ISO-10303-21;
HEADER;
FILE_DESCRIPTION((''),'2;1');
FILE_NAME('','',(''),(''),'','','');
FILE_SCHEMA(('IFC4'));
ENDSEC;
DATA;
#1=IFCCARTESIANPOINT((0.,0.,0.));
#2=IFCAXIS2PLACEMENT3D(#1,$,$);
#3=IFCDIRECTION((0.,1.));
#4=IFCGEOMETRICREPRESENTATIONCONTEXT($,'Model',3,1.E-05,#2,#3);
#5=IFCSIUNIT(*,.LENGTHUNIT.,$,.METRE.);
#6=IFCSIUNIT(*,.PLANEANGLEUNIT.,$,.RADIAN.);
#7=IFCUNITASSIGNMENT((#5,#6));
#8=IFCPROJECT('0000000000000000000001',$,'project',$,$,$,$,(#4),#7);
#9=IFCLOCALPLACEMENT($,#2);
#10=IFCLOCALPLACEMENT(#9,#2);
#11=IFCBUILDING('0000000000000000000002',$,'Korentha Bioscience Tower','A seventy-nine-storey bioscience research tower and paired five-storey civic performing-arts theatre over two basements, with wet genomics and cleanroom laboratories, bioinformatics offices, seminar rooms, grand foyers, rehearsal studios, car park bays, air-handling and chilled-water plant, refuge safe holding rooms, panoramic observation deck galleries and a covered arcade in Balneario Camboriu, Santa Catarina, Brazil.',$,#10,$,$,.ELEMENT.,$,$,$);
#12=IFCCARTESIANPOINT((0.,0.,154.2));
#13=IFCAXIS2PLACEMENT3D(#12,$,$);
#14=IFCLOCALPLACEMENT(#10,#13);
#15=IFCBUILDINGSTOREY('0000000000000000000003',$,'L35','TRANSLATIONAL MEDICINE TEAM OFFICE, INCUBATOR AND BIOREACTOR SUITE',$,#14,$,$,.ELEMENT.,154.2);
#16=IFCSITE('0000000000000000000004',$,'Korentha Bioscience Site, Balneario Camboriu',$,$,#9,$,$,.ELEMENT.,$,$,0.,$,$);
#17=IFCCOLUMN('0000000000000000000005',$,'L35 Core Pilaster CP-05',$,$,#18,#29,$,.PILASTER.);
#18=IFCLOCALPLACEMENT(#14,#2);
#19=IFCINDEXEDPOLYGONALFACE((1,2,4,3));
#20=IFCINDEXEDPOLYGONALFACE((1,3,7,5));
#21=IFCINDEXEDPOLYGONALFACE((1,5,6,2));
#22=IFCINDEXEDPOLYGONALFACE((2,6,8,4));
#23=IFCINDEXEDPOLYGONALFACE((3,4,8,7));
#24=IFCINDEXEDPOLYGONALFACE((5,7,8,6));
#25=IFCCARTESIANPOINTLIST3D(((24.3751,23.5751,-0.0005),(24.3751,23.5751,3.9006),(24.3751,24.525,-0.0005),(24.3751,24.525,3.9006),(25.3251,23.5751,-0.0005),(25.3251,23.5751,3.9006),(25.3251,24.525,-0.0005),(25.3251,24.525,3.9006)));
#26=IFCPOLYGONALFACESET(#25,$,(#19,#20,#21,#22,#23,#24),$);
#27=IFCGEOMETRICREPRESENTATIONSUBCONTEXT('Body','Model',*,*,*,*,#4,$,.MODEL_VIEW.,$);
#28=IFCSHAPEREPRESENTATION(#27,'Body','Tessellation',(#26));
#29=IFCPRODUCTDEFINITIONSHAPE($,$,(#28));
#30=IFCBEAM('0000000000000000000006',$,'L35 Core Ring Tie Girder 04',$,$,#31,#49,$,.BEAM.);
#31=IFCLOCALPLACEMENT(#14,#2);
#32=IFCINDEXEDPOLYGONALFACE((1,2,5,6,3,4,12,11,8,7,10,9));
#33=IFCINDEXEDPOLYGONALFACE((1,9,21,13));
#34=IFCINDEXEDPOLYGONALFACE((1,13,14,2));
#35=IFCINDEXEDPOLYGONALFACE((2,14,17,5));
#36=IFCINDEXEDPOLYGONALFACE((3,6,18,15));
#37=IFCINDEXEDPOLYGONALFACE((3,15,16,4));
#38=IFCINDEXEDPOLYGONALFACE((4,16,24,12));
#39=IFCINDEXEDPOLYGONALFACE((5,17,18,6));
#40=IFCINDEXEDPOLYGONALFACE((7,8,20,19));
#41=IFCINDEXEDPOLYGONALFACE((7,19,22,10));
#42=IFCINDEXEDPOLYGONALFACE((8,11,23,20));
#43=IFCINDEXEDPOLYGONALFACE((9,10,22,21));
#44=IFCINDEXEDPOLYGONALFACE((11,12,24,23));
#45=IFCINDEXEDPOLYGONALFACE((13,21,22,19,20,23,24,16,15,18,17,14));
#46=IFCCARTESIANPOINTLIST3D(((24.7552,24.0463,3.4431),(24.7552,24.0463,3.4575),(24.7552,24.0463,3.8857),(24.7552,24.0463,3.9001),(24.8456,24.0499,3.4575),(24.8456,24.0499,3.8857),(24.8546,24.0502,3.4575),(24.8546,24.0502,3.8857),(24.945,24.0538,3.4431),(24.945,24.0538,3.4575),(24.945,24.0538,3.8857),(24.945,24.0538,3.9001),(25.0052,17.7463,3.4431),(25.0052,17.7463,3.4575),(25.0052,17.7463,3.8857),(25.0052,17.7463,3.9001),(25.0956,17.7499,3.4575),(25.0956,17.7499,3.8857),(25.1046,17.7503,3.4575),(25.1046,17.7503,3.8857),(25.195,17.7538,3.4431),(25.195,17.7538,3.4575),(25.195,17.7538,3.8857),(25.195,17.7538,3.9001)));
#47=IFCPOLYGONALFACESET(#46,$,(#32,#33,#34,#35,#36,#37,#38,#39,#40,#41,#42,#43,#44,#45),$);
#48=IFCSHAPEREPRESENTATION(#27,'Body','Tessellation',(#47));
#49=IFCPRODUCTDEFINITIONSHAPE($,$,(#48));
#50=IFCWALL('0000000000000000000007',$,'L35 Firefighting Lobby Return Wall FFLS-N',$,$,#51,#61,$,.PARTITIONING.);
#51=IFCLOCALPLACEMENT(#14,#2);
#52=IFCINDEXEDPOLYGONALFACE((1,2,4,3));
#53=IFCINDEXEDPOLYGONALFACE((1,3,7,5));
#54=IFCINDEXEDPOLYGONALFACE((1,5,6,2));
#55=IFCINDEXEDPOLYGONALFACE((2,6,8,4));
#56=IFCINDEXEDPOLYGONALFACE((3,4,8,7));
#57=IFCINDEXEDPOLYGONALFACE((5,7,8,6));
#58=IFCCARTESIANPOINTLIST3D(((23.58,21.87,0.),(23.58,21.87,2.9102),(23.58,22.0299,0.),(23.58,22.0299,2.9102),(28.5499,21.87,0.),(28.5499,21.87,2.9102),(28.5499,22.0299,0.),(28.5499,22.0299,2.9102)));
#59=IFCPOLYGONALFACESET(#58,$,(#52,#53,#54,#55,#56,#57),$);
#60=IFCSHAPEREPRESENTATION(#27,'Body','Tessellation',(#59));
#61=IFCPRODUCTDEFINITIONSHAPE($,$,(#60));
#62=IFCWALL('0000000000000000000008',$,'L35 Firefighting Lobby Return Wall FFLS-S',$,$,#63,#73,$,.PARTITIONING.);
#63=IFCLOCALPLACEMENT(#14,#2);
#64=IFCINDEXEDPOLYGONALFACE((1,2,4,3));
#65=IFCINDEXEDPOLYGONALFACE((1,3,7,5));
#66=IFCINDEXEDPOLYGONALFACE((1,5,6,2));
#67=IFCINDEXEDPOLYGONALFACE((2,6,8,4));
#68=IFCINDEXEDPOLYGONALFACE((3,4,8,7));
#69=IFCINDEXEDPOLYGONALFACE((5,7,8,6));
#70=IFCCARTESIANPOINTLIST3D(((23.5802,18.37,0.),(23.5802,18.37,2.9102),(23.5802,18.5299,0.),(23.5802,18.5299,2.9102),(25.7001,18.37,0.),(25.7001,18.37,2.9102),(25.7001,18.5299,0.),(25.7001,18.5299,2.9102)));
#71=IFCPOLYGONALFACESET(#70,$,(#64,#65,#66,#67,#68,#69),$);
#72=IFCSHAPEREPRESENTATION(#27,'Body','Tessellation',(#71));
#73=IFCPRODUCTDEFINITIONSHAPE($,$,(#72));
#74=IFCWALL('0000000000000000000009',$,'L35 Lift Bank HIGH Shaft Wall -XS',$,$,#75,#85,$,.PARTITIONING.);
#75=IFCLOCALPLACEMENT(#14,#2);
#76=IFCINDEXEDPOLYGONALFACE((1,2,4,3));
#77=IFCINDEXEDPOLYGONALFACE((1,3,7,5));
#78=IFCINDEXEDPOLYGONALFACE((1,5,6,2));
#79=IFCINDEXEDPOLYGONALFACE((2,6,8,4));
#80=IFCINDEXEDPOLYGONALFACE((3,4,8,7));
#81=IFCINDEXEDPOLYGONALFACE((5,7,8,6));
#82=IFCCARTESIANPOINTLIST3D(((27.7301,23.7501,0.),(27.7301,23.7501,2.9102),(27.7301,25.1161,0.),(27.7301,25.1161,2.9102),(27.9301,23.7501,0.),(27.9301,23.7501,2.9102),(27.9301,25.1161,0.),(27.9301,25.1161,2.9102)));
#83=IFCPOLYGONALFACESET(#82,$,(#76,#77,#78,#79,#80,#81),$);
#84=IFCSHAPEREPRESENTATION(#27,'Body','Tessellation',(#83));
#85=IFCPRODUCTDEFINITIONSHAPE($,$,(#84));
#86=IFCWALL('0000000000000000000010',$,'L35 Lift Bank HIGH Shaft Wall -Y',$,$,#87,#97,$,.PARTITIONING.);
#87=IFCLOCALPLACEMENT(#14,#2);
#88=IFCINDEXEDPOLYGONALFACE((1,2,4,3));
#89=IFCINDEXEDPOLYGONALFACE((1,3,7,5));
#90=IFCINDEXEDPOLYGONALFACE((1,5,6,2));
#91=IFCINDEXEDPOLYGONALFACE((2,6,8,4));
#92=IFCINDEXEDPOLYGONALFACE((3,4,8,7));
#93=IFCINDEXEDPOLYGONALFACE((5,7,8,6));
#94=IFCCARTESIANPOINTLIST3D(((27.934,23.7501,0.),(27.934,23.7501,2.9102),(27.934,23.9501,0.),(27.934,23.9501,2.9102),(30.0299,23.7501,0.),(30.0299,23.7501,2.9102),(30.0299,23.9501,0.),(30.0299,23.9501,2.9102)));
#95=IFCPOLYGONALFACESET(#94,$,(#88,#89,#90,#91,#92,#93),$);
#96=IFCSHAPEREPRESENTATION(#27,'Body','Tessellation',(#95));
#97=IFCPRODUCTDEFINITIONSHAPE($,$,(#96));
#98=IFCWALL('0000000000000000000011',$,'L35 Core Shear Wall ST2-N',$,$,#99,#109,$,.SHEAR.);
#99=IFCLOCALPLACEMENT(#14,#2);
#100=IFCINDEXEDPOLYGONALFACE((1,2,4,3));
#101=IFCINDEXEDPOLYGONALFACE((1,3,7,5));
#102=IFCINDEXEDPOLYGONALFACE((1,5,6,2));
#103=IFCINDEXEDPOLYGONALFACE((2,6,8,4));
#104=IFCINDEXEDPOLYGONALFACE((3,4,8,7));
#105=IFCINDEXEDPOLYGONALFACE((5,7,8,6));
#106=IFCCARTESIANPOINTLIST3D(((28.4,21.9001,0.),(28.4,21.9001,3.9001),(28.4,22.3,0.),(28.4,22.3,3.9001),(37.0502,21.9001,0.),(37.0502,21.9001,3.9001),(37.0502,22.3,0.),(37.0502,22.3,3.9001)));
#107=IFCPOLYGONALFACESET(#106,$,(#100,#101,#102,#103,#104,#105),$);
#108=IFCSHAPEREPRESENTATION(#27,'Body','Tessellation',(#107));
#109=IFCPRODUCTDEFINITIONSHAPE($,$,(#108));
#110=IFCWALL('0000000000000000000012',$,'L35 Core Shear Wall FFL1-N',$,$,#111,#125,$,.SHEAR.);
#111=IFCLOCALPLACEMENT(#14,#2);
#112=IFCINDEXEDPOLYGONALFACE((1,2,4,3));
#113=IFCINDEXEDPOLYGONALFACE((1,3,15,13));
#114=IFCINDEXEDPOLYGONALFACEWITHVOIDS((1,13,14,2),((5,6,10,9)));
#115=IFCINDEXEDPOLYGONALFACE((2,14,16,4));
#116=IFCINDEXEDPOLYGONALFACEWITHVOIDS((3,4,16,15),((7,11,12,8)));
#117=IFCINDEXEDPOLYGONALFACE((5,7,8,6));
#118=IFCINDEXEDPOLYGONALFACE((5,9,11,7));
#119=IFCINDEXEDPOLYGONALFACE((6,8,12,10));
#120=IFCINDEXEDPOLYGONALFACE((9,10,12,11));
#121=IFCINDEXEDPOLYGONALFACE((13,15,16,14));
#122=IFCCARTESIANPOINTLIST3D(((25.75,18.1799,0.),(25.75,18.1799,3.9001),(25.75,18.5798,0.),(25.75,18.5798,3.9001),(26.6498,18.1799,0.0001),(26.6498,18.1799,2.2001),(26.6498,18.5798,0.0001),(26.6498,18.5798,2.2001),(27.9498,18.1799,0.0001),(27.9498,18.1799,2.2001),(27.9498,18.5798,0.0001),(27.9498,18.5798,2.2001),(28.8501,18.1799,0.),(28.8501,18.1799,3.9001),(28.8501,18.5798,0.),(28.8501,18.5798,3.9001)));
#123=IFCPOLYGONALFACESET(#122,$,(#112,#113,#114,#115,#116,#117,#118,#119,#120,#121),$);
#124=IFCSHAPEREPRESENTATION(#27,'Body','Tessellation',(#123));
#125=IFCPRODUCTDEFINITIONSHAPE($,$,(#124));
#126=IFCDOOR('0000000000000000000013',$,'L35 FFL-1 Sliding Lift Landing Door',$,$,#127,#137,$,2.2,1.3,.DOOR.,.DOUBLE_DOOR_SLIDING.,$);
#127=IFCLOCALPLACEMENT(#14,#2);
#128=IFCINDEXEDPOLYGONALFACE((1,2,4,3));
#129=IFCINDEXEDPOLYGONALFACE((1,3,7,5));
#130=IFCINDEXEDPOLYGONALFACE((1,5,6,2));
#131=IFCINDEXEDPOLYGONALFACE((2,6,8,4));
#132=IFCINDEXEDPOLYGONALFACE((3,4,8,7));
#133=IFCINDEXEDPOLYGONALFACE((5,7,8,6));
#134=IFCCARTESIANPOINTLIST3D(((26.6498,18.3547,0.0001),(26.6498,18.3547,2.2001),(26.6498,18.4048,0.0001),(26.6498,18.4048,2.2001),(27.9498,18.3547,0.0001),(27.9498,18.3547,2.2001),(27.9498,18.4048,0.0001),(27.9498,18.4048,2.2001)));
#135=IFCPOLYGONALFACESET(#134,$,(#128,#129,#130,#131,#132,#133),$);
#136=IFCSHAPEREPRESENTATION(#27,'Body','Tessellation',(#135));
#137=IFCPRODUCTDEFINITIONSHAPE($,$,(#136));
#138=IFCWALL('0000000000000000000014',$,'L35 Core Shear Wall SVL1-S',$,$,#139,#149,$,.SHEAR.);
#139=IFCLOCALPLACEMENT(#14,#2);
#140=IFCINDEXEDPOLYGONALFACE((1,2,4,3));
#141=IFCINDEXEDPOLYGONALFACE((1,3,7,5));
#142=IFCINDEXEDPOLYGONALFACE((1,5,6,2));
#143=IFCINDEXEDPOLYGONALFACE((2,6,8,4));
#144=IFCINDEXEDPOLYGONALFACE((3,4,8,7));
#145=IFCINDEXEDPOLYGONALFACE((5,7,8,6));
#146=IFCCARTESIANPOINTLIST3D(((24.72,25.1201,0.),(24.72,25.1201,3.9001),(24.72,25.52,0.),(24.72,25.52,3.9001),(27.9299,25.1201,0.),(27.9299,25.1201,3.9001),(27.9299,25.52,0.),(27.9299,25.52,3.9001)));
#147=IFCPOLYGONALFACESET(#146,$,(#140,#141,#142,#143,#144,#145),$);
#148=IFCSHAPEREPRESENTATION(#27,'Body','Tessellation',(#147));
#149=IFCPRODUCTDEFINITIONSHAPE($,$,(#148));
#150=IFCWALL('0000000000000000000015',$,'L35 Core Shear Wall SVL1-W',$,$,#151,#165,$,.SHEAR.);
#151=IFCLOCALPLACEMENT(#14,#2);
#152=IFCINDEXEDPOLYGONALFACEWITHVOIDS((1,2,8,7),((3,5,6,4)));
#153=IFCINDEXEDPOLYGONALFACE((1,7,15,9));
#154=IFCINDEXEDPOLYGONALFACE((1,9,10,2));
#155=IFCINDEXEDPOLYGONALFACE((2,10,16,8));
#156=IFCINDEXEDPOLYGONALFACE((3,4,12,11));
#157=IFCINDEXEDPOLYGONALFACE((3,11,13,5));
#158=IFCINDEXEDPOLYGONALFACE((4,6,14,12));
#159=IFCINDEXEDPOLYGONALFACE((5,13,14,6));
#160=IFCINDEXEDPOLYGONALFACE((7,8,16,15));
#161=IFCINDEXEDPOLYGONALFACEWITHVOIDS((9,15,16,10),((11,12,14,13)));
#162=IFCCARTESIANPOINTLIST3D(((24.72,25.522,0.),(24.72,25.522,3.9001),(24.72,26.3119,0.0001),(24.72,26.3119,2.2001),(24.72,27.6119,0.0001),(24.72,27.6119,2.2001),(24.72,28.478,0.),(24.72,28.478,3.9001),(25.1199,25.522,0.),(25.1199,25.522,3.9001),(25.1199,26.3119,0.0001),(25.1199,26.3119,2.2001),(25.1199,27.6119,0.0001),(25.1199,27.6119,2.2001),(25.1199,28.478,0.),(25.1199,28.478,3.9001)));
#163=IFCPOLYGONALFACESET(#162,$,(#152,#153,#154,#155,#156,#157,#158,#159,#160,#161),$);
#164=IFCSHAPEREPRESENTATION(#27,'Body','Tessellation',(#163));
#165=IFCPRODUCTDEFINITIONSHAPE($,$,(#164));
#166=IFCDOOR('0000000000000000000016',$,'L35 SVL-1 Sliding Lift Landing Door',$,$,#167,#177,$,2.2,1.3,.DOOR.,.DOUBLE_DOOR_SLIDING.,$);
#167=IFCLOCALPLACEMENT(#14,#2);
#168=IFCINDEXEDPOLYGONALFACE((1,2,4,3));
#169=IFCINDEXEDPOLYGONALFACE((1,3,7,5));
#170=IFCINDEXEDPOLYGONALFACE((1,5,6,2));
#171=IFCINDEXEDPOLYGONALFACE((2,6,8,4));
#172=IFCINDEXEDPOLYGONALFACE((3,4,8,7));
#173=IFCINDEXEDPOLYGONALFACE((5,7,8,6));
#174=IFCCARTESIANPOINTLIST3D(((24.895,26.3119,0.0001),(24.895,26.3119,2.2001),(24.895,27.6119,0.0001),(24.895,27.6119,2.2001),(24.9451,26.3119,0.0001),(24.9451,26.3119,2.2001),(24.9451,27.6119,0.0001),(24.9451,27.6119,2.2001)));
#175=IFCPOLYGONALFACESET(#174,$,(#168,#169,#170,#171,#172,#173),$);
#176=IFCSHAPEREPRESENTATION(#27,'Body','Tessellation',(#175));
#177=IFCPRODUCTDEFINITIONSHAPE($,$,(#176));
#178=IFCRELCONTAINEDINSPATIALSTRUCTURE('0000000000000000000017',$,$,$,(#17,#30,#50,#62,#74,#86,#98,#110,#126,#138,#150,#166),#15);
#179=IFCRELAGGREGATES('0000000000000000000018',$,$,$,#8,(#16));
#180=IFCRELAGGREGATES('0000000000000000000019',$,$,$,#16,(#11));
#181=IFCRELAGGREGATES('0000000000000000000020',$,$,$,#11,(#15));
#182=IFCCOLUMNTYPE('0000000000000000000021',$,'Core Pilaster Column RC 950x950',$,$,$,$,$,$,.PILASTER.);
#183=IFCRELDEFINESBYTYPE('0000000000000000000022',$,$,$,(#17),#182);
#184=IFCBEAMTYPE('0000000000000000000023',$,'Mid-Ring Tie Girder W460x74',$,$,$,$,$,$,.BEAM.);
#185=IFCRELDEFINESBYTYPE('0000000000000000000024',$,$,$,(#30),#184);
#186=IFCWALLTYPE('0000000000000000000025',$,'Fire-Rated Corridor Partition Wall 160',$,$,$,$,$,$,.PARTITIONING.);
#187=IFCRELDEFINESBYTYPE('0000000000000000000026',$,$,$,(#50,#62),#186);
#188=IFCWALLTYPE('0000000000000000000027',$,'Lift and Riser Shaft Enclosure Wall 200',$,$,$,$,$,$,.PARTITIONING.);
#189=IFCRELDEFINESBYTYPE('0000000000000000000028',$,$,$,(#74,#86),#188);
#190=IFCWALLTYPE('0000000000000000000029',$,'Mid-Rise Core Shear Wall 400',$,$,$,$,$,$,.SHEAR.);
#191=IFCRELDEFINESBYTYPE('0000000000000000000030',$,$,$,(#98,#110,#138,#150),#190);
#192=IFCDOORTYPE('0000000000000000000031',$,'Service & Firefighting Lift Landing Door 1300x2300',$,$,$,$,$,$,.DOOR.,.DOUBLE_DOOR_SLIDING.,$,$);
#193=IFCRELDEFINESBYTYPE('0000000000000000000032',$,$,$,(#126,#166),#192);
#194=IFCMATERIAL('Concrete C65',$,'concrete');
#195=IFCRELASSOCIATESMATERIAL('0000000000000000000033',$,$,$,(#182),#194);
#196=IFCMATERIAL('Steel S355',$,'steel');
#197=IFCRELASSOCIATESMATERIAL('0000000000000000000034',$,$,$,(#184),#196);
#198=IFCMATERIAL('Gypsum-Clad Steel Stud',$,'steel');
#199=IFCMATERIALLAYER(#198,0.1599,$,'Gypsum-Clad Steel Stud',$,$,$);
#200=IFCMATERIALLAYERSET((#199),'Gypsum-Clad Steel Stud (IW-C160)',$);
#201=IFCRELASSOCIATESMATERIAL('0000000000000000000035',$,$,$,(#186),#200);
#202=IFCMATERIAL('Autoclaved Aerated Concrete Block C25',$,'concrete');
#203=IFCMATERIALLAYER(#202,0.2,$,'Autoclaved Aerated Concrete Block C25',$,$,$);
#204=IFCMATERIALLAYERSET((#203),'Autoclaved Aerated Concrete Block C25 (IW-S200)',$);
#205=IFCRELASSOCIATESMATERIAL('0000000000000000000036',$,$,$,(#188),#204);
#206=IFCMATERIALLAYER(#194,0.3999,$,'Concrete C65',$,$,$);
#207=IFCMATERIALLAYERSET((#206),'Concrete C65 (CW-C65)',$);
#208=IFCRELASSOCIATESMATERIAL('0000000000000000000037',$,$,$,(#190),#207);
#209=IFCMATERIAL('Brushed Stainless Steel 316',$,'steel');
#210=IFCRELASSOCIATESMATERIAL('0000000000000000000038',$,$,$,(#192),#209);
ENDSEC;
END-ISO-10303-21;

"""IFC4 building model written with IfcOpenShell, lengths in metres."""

from ifc_helpers import new_model, si_unit, direction, frame, frame_2d, origin, origin_2d, place, context, subcontext, project, spatial, rectangle, i_section, extrude, material, layer, layer_set, material_profile, profile_set, type_object, element, fill, save


model = new_model("IFC4")

# Units and contexts
model_context = context("Model", 3, precision=1e-05, world=origin(), true_north=direction((0.0, 1.0)))
body_context = subcontext(model_context, "Body", "Model", "MODEL_VIEW")
ifc_project = project(units=[si_unit("LENGTHUNIT", "METRE"), si_unit("PLANEANGLEUNIT", "RADIAN")], contexts=[model_context])

# Site, building, storey
site_placement = place(None, origin())
site = spatial("IfcSite", under=ifc_project, at=site_placement, Name="Korentha Bioscience Site, Balneario Camboriu", CompositionType="ELEMENT", RefElevation=0.0)
building_placement = place(site_placement, origin())
building = spatial("IfcBuilding", under=site, at=building_placement, Name="Korentha Bioscience Tower", Description="A seventy-nine-storey bioscience research tower and paired five-storey civic performing-arts theatre over two basements, with wet genomics and cleanroom laboratories, bioinformatics offices, seminar rooms, grand foyers, rehearsal studios, car park bays, air-handling and chilled-water plant, refuge safe holding rooms, panoramic observation deck galleries and a covered arcade in Balneario Camboriu, Santa Catarina, Brazil.", CompositionType="ELEMENT")
storey_placement = place(building_placement, frame((0.0, 0.0, 154.2)))
storey = spatial("IfcBuildingStorey", under=building, at=storey_placement, Name="L35", Description="TRANSLATIONAL MEDICINE TEAM OFFICE, INCUBATOR AND BIOREACTOR SUITE", CompositionType="ELEMENT", Elevation=154.2)

# Column
ifc_material_1 = material(Name="Concrete C65", Category="concrete")
ifc_material_profile_1 = material_profile(ifc_material_1, rectangle(XDim=0.95, YDim=0.95, at=origin_2d()), Name="Concrete C65")
ifc_profile_set_1 = profile_set([ifc_material_profile_1], Name="Concrete C65 (COL-CP09)")
column_type = type_object("IfcColumnType", Name="Core Pilaster Column RC 950x950", PredefinedType="PILASTER", material=ifc_profile_set_1)
column_placement = place(storey_placement, frame((24.8501, 24.05, -0.0005), z_axis=(0.0, 0.0, 1.0), x_axis=(1.0, 0.0, 0.0)))
element("IfcColumn", 1, at=column_placement, inside=storey, type_object=column_type, Name="L35 Core Pilaster CP-05", PredefinedType="PILASTER", context=body_context, shape_type="SweptSolid", body=[
    extrude(rectangle(XDim=0.95, YDim=0.95, at=origin_2d()), origin(), (0.0, 0.0, 1.0), 3.9011),
])

# Beam
ifc_material_2 = material(Name="Steel S355", Category="steel")
ifc_material_profile_2 = material_profile(ifc_material_2, i_section(OverallWidth=0.1899, OverallDepth=0.457, WebThickness=0.009, FlangeThickness=0.0144, at=origin_2d()), Name="Steel S355")
ifc_profile_set_2 = profile_set([ifc_material_profile_2], Name="Steel S355 (MB-460)")
beam_type = type_object("IfcBeamType", Name="Mid-Ring Tie Girder W460x74", PredefinedType="BEAM", material=ifc_profile_set_2)
beam_placement = place(storey_placement, frame((24.8501, 24.05, 3.6716), z_axis=(0.039651, -0.999214, 0.0), x_axis=(0.999214, 0.039651, 0.0)))
element("IfcBeam", 2, at=beam_placement, inside=storey, type_object=beam_type, Name="L35 Core Ring Tie Girder 04", PredefinedType="BEAM", context=body_context, shape_type="SweptSolid", body=[
    extrude(i_section(OverallWidth=0.1899, OverallDepth=0.457, WebThickness=0.009, FlangeThickness=0.0144, at=origin_2d()), origin(), (0.0, 0.0, 1.0), 6.3049),
])

# Shared definitions
ifc_material_3 = material(Name="Gypsum-Clad Steel Stud", Category="steel")
ifc_layer_1 = layer(ifc_material_3, 0.1599, Name="Gypsum-Clad Steel Stud")
ifc_layer_set_1 = layer_set([ifc_layer_1], Name="Gypsum-Clad Steel Stud (IW-C160)")
wall_type_1 = type_object("IfcWallType", Name="Fire-Rated Corridor Partition Wall 160", PredefinedType="PARTITIONING", material=ifc_layer_set_1)

# Walls
wall_1_placement = place(storey_placement, frame((23.5801, 21.95, 0.0), z_axis=(0.0, 0.0, 1.0), x_axis=(1.0, 0.0, 0.0)))
element("IfcWall", 3, at=wall_1_placement, inside=storey, type_object=wall_type_1, Name="L35 Firefighting Lobby Return Wall FFLS-N", PredefinedType="PARTITIONING", context=body_context, shape_type="SweptSolid", body=[
    extrude(rectangle(XDim=4.97, YDim=0.1599, at=frame_2d((2.4849, 0.0))), origin(), (0.0, 0.0, 1.0), 2.9102),
])
wall_2_placement = place(storey_placement, frame((23.5801, 18.45, 0.0), z_axis=(0.0, 0.0, 1.0), x_axis=(1.0, 0.0, 0.0)))
element("IfcWall", 4, at=wall_2_placement, inside=storey, type_object=wall_type_1, Name="L35 Firefighting Lobby Return Wall FFLS-S", PredefinedType="PARTITIONING", context=body_context, shape_type="SweptSolid", body=[
    extrude(rectangle(XDim=2.1199, YDim=0.1599, at=frame_2d((1.0601, 0.0))), origin(), (0.0, 0.0, 1.0), 2.9102),
])
ifc_material_4 = material(Name="Autoclaved Aerated Concrete Block C25", Category="concrete")
ifc_layer_2 = layer(ifc_material_4, 0.2, Name="Autoclaved Aerated Concrete Block C25")
ifc_layer_set_2 = layer_set([ifc_layer_2], Name="Autoclaved Aerated Concrete Block C25 (IW-S200)")
wall_type_2 = type_object("IfcWallType", Name="Lift and Riser Shaft Enclosure Wall 200", PredefinedType="PARTITIONING", material=ifc_layer_set_2)
wall_3_placement = place(storey_placement, frame((27.8301, 23.75, 0.0), z_axis=(0.0, 0.0, 1.0), x_axis=(0.0, 1.0, 0.0)))
element("IfcWall", 5, at=wall_3_placement, inside=storey, type_object=wall_type_2, Name="L35 Lift Bank HIGH Shaft Wall -XS", PredefinedType="PARTITIONING", context=body_context, shape_type="SweptSolid", body=[
    extrude(rectangle(XDim=1.366, YDim=0.2, at=frame_2d((0.6831, 0.0))), origin(), (0.0, 0.0, 1.0), 2.9102),
])
wall_4_placement = place(storey_placement, frame((27.9341, 23.8501, 0.0), z_axis=(0.0, 0.0, 1.0), x_axis=(1.0, 0.0, 0.0)))
element("IfcWall", 6, at=wall_4_placement, inside=storey, type_object=wall_type_2, Name="L35 Lift Bank HIGH Shaft Wall -Y", PredefinedType="PARTITIONING", context=body_context, shape_type="SweptSolid", body=[
    extrude(rectangle(XDim=2.0959, YDim=0.2, at=frame_2d((1.0479, 0.0))), origin(), (0.0, 0.0, 1.0), 2.9102),
])
ifc_layer_3 = layer(ifc_material_1, 0.3999, Name="Concrete C65")
ifc_layer_set_3 = layer_set([ifc_layer_3], Name="Concrete C65 (CW-C65)")
wall_type_3 = type_object("IfcWallType", Name="Mid-Rise Core Shear Wall 400", PredefinedType="SHEAR", material=ifc_layer_set_3)
wall_5_placement = place(storey_placement, frame((28.3999, 22.1001, 0.0), z_axis=(0.0, 0.0, 1.0), x_axis=(1.0, 0.0, 0.0)))
element("IfcWall", 7, at=wall_5_placement, inside=storey, type_object=wall_type_3, Name="L35 Core Shear Wall ST2-N", PredefinedType="SHEAR", context=body_context, shape_type="SweptSolid", body=[
    extrude(rectangle(XDim=8.6501, YDim=0.3999, at=frame_2d((4.3252, 0.0))), origin(), (0.0, 0.0, 1.0), 3.9001),
])

# Wall, opening, door
wall_6_placement = place(storey_placement, frame((25.75, 18.3799, 0.0), z_axis=(0.0, 0.0, 1.0), x_axis=(1.0, 0.0, 0.0)))
wall_6 = element("IfcWall", 8, at=wall_6_placement, inside=storey, type_object=wall_type_3, Name="L35 Core Shear Wall FFL1-N", PredefinedType="SHEAR", context=body_context, shape_type="SweptSolid", body=[
    extrude(rectangle(XDim=3.1001, YDim=0.3999, at=frame_2d((1.55, 0.0))), origin(), (0.0, 0.0, 1.0), 3.9001),
])
opening_1_placement = place(wall_6_placement, frame((0.8999, 0.0, 0.0)))
opening_1 = element("IfcOpeningElement", 9, at=opening_1_placement, cuts=wall_6, PredefinedType="OPENING", context=body_context, shape_type="SweptSolid", body=[
    extrude(rectangle(XDim=1.3, YDim=2.2, at=frame_2d((0.6499, 1.1001))), frame((0.0, 0.2148, 0.0), z_axis=(0.0, -1.0, 0.0), x_axis=(1.0, 0.0, 0.0)), (0.0, 0.0, 1.0), 0.4297),
])
ifc_material_5 = material(Name="Brushed Stainless Steel 316", Category="steel")
door_type_1 = type_object("IfcDoorType", Name="Service & Firefighting Lift Landing Door 1300x2300", OperationType="DOUBLE_DOOR_SLIDING", PredefinedType="DOOR", material=ifc_material_5)
door_1_placement = place(opening_1_placement, origin())
door_1 = element("IfcDoor", 10, at=door_1_placement, inside=storey, type_object=door_type_1, Name="L35 FFL-1 Sliding Lift Landing Door", OperationType="DOUBLE_DOOR_SLIDING", OverallHeight=2.2, OverallWidth=1.3, PredefinedType="DOOR", context=body_context, shape_type="SweptSolid", body=[
    extrude(rectangle(XDim=1.3, YDim=2.2, at=frame_2d((0.6499, 1.1001))), frame((0.0, 0.0249, 0.0), z_axis=(0.0, -1.0, 0.0), x_axis=(1.0, 0.0, 0.0)), (0.0, 0.0, 1.0), 0.05),
])
fill(opening_1, door_1)

# Wall
wall_7_placement = place(storey_placement, frame((24.72, 25.3201, 0.0), z_axis=(0.0, 0.0, 1.0), x_axis=(1.0, 0.0, 0.0)))
element("IfcWall", 11, at=wall_7_placement, inside=storey, type_object=wall_type_3, Name="L35 Core Shear Wall SVL1-S", PredefinedType="SHEAR", context=body_context, shape_type="SweptSolid", body=[
    extrude(rectangle(XDim=3.21, YDim=0.3999, at=frame_2d((1.605, 0.0))), origin(), (0.0, 0.0, 1.0), 3.9001),
])

# Wall, opening, door
wall_8_placement = place(storey_placement, frame((24.9199, 25.522, 0.0), z_axis=(0.0, 0.0, 1.0), x_axis=(0.0, 1.0, 0.0)))
wall_8 = element("IfcWall", 12, at=wall_8_placement, inside=storey, type_object=wall_type_3, Name="L35 Core Shear Wall SVL1-W", PredefinedType="SHEAR", context=body_context, shape_type="SweptSolid", body=[
    extrude(rectangle(XDim=2.9561, YDim=0.3999, at=frame_2d((1.478, 0.0))), origin(), (0.0, 0.0, 1.0), 3.9001),
])
opening_2_placement = place(wall_8_placement, frame((0.79, 0.0, 0.0)))
opening_2 = element("IfcOpeningElement", 13, at=opening_2_placement, cuts=wall_8, PredefinedType="OPENING", context=body_context, shape_type="SweptSolid", body=[
    extrude(rectangle(XDim=1.3, YDim=2.2, at=frame_2d((0.6499, 1.1001))), frame((0.0, 0.2148, 0.0), z_axis=(0.0, -1.0, 0.0), x_axis=(1.0, 0.0, 0.0)), (0.0, 0.0, 1.0), 0.4297),
])
door_2_placement = place(opening_2_placement, origin())
door_2 = element("IfcDoor", 14, at=door_2_placement, inside=storey, type_object=door_type_1, Name="L35 SVL-1 Sliding Lift Landing Door", OperationType="DOUBLE_DOOR_SLIDING", OverallHeight=2.2, OverallWidth=1.3, PredefinedType="DOOR", context=body_context, shape_type="SweptSolid", body=[
    extrude(rectangle(XDim=1.3, YDim=2.2, at=frame_2d((0.6499, 1.1001))), frame((0.0, 0.0249, 0.0), z_axis=(0.0, -1.0, 0.0), x_axis=(1.0, 0.0, 0.0)), (0.0, 0.0, 1.0), 0.05),
])
fill(opening_2, door_2)

save(model, "model.ifc")
